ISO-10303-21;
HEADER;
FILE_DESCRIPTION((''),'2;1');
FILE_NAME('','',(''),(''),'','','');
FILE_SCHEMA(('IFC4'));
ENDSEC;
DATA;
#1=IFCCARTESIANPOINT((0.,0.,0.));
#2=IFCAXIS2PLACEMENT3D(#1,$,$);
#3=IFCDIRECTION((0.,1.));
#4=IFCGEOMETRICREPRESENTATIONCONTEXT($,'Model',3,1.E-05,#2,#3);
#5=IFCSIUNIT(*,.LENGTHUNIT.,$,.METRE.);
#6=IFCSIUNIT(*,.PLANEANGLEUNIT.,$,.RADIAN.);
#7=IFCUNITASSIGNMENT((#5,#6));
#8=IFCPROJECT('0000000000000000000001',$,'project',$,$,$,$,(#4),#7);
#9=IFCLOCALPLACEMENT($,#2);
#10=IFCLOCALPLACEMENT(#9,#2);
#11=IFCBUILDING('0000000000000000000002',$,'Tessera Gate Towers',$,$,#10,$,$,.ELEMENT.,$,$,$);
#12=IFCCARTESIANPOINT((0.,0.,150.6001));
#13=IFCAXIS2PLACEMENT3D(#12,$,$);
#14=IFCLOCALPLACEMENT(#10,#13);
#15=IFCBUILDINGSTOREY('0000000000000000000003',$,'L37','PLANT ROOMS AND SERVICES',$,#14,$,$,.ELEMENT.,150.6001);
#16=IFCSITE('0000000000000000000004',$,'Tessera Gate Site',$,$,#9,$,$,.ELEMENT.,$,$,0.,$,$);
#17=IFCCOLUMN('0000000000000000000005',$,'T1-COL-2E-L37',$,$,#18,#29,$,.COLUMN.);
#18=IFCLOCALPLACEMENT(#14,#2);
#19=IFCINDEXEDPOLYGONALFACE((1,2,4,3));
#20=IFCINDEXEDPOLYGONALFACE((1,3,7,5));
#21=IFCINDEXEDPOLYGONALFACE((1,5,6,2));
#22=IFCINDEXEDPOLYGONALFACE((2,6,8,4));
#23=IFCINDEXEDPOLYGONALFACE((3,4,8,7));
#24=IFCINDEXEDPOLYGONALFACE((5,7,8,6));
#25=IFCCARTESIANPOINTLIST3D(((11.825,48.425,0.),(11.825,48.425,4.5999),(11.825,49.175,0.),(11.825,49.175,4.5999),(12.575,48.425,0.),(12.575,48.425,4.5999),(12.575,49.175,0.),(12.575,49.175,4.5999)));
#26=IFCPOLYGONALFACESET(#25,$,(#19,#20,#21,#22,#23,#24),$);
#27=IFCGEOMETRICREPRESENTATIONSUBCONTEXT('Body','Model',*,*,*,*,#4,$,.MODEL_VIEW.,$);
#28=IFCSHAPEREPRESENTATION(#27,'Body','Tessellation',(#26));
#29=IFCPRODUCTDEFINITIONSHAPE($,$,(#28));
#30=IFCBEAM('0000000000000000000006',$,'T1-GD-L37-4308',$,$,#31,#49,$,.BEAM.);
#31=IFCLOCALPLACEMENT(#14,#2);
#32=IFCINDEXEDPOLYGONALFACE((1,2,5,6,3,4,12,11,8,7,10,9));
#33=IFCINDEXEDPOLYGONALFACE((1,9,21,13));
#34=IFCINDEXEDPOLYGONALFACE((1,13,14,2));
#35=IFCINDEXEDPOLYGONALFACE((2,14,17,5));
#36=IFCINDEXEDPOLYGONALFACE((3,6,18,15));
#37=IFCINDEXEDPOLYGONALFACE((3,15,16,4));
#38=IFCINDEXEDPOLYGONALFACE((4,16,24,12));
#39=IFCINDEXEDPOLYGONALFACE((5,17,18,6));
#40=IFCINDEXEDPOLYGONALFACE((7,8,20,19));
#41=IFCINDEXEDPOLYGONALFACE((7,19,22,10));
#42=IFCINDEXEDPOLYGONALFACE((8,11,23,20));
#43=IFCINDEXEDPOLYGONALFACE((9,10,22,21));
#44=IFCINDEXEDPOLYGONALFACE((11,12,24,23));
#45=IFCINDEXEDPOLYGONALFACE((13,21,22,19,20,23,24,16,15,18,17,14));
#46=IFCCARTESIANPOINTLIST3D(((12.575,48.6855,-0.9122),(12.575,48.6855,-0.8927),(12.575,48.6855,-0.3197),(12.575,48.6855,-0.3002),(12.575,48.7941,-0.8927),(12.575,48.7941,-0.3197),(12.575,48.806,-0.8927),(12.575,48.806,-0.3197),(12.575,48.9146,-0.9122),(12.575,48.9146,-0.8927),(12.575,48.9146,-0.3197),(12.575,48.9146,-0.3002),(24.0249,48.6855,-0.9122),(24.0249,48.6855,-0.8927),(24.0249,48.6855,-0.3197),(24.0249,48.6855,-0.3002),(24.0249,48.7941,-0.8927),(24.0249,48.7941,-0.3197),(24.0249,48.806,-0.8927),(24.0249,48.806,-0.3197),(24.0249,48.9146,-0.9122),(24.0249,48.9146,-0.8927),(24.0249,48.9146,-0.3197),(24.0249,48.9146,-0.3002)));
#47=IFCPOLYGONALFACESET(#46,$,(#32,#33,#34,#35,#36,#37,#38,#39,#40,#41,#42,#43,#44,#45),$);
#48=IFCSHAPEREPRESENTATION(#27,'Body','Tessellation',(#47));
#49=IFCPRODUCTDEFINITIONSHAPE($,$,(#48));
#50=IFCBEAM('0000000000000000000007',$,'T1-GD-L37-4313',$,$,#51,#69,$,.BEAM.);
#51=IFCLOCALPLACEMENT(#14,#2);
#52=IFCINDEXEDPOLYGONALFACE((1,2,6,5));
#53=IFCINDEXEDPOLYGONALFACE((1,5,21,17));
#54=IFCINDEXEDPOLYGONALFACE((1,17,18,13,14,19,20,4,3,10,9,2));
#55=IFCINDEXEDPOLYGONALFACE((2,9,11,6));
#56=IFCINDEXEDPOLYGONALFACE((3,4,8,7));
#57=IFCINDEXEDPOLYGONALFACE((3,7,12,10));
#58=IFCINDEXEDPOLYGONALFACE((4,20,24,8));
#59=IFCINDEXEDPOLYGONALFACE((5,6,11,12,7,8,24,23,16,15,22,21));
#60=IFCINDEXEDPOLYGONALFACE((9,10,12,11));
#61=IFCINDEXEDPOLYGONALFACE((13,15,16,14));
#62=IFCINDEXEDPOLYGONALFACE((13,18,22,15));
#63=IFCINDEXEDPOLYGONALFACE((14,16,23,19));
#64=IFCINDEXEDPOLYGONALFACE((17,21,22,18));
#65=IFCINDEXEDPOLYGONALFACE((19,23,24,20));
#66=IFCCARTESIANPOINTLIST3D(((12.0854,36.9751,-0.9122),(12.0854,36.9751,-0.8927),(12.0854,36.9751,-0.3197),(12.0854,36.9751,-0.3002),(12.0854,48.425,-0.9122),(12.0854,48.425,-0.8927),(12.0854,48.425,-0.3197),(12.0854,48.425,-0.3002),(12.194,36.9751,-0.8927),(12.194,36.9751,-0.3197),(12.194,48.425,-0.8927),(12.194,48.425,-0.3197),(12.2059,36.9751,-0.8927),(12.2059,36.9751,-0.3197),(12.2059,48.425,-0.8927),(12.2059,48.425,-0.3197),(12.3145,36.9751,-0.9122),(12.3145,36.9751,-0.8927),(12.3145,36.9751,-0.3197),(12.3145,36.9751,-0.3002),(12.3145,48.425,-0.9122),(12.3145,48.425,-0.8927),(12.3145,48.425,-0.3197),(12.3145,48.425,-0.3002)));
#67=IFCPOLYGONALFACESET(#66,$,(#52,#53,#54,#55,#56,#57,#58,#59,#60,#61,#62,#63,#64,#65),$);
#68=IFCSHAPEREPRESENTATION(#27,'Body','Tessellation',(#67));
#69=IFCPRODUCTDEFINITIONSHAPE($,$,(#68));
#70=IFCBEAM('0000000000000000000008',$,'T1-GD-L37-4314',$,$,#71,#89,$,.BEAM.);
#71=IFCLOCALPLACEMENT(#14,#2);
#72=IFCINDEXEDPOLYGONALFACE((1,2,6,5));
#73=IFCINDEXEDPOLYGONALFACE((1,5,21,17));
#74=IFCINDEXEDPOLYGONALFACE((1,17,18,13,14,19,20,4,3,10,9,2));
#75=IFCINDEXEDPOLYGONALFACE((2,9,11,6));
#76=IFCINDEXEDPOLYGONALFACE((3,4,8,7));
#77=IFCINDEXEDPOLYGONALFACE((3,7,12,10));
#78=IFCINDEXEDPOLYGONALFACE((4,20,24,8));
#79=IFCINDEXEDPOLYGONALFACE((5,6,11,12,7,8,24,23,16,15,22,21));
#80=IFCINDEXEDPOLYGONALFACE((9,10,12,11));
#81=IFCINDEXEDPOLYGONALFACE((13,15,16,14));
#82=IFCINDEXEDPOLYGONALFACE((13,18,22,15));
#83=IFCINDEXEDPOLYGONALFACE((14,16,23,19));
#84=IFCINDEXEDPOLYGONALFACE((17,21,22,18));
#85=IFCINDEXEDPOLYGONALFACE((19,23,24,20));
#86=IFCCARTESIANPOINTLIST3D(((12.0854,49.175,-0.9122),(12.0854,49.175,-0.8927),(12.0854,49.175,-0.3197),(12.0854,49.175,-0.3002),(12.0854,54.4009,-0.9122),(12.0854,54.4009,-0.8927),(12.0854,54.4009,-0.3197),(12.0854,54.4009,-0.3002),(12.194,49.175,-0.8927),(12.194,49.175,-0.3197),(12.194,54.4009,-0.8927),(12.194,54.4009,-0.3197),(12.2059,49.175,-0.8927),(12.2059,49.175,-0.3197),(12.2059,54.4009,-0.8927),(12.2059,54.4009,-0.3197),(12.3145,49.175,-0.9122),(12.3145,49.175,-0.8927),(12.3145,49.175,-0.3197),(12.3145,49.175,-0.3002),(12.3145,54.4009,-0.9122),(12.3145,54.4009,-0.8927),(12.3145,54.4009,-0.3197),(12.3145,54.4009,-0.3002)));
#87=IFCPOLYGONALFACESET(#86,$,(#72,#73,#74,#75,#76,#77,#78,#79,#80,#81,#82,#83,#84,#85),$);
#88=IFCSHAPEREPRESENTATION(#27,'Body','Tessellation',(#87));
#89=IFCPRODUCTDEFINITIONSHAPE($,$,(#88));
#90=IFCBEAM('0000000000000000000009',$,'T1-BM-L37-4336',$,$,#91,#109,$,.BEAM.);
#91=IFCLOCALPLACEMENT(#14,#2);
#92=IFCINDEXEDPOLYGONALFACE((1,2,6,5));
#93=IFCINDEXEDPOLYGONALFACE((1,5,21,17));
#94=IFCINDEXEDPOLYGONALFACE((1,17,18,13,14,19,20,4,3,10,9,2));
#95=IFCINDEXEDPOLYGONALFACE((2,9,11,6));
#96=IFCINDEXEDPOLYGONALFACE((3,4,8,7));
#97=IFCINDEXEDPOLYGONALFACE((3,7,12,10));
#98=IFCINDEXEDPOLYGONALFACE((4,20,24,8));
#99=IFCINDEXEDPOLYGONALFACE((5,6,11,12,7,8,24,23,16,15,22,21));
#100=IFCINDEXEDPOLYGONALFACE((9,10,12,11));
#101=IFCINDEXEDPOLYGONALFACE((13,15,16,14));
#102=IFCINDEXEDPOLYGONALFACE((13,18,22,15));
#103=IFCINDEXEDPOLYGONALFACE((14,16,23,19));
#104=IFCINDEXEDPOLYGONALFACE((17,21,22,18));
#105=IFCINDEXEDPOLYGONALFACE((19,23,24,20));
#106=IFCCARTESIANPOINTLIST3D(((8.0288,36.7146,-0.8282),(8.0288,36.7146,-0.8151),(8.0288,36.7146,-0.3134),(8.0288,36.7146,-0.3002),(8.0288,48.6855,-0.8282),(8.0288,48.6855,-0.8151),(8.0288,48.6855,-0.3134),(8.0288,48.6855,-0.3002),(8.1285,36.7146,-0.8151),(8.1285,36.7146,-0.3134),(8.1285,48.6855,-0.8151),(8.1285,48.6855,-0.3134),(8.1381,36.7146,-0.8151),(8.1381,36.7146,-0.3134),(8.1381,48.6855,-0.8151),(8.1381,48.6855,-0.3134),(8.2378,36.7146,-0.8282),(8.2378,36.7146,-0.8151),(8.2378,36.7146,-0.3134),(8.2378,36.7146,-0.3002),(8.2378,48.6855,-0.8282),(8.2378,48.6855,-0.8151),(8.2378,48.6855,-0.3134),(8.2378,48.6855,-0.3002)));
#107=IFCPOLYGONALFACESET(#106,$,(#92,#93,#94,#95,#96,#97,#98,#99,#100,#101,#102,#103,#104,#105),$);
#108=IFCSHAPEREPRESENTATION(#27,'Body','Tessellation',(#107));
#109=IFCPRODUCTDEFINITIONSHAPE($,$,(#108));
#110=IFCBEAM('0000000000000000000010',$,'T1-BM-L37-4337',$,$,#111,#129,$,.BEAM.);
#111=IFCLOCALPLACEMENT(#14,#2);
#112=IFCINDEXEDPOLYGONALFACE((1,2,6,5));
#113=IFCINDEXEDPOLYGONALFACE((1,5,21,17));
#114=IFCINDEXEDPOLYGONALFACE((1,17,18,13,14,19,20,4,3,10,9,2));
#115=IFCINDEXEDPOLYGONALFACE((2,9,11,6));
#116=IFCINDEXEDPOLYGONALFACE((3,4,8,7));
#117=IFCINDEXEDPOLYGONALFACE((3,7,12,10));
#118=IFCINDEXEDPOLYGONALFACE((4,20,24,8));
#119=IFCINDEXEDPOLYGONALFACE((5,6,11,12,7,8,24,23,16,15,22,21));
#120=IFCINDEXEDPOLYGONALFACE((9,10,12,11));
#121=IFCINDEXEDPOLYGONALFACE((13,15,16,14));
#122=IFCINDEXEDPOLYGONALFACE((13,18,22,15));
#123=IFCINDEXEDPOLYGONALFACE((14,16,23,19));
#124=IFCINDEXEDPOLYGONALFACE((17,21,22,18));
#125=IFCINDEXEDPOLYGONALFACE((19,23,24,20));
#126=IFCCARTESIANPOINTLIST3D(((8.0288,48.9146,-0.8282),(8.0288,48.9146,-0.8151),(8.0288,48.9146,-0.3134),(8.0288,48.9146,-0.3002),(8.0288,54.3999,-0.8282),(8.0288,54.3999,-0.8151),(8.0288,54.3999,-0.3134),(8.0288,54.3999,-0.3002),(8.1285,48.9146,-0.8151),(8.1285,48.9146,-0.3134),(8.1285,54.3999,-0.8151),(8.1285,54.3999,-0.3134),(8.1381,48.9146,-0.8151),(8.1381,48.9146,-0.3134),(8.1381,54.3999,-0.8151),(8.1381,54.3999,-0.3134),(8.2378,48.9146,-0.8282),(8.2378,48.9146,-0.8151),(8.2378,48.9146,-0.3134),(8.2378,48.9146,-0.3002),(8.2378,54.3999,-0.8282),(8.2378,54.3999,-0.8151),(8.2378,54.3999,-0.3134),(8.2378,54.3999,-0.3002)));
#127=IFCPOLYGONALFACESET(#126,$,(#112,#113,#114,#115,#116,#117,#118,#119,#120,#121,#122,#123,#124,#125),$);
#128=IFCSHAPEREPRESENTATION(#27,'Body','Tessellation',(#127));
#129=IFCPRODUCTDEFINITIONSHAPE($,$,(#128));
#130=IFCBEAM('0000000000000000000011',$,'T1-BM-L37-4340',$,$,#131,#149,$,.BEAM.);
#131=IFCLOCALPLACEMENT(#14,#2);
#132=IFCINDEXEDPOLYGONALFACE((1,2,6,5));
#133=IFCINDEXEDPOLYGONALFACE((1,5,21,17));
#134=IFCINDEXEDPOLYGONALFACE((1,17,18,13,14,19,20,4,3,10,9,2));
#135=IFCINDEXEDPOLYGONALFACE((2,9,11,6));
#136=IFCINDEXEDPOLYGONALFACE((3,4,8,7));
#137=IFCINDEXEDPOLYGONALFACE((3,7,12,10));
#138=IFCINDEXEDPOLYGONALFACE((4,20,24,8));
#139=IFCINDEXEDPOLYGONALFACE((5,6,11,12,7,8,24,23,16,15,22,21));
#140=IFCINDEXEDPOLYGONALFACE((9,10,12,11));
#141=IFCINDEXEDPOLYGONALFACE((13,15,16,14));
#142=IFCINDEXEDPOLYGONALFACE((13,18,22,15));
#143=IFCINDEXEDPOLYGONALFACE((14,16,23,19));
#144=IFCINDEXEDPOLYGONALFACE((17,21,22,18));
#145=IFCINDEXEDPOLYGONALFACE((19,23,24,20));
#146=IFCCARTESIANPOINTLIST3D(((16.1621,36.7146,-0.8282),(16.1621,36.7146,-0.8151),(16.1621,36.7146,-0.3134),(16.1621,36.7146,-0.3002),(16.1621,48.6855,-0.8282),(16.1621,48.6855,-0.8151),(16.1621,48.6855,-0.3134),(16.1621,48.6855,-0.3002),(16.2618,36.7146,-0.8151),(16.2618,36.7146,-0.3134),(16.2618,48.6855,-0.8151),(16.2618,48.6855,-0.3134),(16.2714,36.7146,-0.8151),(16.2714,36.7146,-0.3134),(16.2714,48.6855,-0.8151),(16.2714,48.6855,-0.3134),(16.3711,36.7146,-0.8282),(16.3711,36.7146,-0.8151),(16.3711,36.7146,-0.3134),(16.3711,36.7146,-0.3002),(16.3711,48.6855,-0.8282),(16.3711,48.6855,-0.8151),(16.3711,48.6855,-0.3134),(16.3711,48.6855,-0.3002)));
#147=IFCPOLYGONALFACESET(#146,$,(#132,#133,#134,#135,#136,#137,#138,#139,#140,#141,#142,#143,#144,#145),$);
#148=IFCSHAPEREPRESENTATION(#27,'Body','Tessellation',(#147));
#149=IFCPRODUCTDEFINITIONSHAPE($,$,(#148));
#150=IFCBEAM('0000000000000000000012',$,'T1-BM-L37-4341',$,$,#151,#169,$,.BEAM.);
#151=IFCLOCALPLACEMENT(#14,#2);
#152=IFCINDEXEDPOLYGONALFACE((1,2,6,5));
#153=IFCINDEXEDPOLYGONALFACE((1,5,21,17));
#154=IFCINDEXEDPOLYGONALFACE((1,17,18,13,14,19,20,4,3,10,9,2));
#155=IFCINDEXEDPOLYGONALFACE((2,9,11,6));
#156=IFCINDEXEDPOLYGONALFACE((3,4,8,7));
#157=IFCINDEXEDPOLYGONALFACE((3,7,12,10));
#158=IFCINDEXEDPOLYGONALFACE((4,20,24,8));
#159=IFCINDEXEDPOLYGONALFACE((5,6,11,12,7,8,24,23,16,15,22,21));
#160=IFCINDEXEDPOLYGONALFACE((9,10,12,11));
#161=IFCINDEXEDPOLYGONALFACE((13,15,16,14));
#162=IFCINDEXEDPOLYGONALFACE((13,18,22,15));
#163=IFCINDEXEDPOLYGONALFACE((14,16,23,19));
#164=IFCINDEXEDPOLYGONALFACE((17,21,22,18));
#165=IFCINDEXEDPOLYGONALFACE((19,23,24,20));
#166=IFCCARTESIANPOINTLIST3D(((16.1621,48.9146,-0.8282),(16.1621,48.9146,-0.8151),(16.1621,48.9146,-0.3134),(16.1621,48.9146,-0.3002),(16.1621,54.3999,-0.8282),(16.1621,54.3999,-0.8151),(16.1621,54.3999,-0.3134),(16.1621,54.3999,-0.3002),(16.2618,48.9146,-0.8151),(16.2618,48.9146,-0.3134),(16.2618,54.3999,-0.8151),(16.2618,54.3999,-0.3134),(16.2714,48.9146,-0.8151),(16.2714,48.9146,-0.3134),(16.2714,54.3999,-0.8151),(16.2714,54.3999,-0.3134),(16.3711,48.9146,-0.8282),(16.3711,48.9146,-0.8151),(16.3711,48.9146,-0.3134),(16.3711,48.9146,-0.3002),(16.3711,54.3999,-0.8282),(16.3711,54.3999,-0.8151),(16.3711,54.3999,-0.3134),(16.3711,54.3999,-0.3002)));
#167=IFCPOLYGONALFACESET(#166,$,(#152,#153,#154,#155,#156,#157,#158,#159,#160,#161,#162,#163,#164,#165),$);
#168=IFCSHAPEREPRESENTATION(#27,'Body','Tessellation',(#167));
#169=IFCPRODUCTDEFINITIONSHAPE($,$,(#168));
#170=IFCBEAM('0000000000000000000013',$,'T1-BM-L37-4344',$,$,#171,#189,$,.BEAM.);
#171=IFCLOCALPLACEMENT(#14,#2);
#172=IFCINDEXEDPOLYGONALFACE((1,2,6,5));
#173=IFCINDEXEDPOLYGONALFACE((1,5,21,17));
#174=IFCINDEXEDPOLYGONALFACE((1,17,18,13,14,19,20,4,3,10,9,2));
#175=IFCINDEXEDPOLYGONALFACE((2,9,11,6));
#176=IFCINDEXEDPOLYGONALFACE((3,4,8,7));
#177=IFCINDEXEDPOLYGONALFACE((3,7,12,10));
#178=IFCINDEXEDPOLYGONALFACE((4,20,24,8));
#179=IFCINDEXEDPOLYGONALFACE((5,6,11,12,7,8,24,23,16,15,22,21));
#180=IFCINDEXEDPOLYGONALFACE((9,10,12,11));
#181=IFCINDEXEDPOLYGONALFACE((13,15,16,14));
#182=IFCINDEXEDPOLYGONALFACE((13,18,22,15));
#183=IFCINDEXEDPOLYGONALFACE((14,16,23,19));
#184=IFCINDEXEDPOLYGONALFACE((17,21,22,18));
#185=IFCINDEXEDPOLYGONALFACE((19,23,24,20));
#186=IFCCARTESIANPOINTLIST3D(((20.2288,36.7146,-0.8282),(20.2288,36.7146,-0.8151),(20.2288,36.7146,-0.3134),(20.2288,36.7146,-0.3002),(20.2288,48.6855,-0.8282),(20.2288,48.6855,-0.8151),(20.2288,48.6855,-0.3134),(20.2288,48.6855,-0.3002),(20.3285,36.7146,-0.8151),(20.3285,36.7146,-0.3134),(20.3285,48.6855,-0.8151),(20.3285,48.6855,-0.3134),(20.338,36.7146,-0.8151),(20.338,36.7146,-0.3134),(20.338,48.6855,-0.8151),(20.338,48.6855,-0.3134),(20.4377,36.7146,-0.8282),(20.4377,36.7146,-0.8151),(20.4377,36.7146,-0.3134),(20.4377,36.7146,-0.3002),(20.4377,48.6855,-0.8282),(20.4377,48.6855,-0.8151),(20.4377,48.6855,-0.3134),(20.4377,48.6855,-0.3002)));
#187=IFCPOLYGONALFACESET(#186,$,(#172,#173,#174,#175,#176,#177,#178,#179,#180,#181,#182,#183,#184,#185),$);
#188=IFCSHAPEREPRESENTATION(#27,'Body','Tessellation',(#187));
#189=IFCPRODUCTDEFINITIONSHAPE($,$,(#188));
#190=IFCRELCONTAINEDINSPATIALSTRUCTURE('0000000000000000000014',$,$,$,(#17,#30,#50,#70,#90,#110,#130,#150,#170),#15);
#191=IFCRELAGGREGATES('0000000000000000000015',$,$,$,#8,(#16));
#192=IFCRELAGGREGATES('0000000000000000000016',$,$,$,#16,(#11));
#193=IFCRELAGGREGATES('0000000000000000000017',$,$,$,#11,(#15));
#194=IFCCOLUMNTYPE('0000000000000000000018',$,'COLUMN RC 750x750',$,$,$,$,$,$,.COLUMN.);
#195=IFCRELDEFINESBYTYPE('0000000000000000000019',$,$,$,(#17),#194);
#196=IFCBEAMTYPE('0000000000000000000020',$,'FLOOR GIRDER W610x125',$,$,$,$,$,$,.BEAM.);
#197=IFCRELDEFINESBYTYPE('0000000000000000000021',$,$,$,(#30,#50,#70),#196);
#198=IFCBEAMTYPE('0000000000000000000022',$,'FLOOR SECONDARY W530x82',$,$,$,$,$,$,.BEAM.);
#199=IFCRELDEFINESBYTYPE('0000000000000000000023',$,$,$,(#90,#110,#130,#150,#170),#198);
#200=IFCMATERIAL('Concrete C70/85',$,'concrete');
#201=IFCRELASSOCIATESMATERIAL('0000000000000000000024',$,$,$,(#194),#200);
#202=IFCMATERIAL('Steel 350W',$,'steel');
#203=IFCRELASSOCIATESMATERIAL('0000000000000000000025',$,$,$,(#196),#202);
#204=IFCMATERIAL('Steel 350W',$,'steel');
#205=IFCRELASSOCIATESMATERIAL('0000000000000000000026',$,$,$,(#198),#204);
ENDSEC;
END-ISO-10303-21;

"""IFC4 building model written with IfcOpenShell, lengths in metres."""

from ifc_helpers import new_model, si_unit, direction, frame, origin, origin_2d, place, context, subcontext, project, spatial, rectangle, i_section, extrude, material, material_profile, profile_set, type_object, element, save


model = new_model("IFC4")

# Units and contexts
model_context = context("Model", 3, precision=1e-05, world=origin(), true_north=direction((0.0, 1.0)))
body_context = subcontext(model_context, "Body", "Model", "MODEL_VIEW")
ifc_project = project(units=[si_unit("LENGTHUNIT", "METRE"), si_unit("PLANEANGLEUNIT", "RADIAN")], contexts=[model_context])

# Site, building, storey
site_placement = place(None, origin())
site = spatial("IfcSite", under=ifc_project, at=site_placement, Name="Tessera Gate Site", CompositionType="ELEMENT", RefElevation=0.0)
building_placement = place(site_placement, origin())
building = spatial("IfcBuilding", under=site, at=building_placement, Name="Tessera Gate Towers", CompositionType="ELEMENT")
storey_placement = place(building_placement, frame((0.0, 0.0, 150.6001)))
storey = spatial("IfcBuildingStorey", under=building, at=storey_placement, Name="L37", Description="PLANT ROOMS AND SERVICES", CompositionType="ELEMENT", Elevation=150.6001)

# Column
ifc_material_1 = material(Name="Concrete C70/85", Category="concrete")
ifc_material_profile_1 = material_profile(ifc_material_1, rectangle(XDim=0.75, YDim=0.75, at=origin_2d()), Name="RC 750x750")
ifc_profile_set_1 = profile_set([ifc_material_profile_1], Name="Concrete C70/85")
column_type = type_object("IfcColumnType", Name="COLUMN RC 750x750", PredefinedType="COLUMN", material=ifc_profile_set_1)
column_placement = place(storey_placement, frame((12.2, 48.8, 0.0), z_axis=(0.0, 0.0, 1.0), x_axis=(1.0, 0.0, 0.0)))
element("IfcColumn", 1, at=column_placement, inside=storey, type_object=column_type, Name="T1-COL-2E-L37", PredefinedType="COLUMN", context=body_context, shape_type="SweptSolid", body=[
    extrude(rectangle(XDim=0.75, YDim=0.75, at=origin_2d()), origin(), (0.0, 0.0, 1.0), 4.5999),
])

# Beams
ifc_material_2 = material(Name="Steel 350W", Category="steel")
ifc_material_profile_2 = material_profile(ifc_material_2, i_section(OverallWidth=0.229, OverallDepth=0.6121, WebThickness=0.012, FlangeThickness=0.0195, at=origin_2d()), Name="W610x125")
ifc_profile_set_2 = profile_set([ifc_material_profile_2], Name="Steel 350W")
beam_type_1 = type_object("IfcBeamType", Name="FLOOR GIRDER W610x125", PredefinedType="BEAM", material=ifc_profile_set_2)
for number, where, z_axis, x_axis, name in (
    (2, (12.575, 48.8, -0.6062), (1.0, 0.0, 0.0), (0.0, 1.0, 0.0), "T1-GD-L37-4308"),
    (3, (12.2, 36.9751, -0.6062), (0.0, 1.0, 0.0), (-1.0, 0.0, 0.0), "T1-GD-L37-4313"),
):
    element("IfcBeam", number, at=place(storey_placement, frame(where, z_axis=z_axis, x_axis=x_axis)), inside=storey, type_object=beam_type_1, Name=name, PredefinedType="BEAM", context=body_context, shape_type="SweptSolid", body=[
        extrude(i_section(OverallWidth=0.229, OverallDepth=0.6121, WebThickness=0.012, FlangeThickness=0.0195, at=origin_2d()), origin(), (0.0, 0.0, 1.0), 11.45),
    ])
beam_1_placement = place(storey_placement, frame((12.2, 49.175, -0.6062), z_axis=(0.0, 1.0, 0.0), x_axis=(-1.0, 0.0, 0.0)))
element("IfcBeam", 4, at=beam_1_placement, inside=storey, type_object=beam_type_1, Name="T1-GD-L37-4314", PredefinedType="BEAM", context=body_context, shape_type="SweptSolid", body=[
    extrude(i_section(OverallWidth=0.229, OverallDepth=0.6121, WebThickness=0.012, FlangeThickness=0.0195, at=origin_2d()), origin(), (0.0, 0.0, 1.0), 5.2258),
])
ifc_material_3 = material(Name="Steel 350W", Category="steel")
ifc_material_profile_3 = material_profile(ifc_material_3, i_section(OverallWidth=0.209, OverallDepth=0.5281, WebThickness=0.0095, FlangeThickness=0.0132, at=origin_2d()), Name="W530x82")
ifc_profile_set_3 = profile_set([ifc_material_profile_3], Name="Steel 350W")
beam_type_2 = type_object("IfcBeamType", Name="FLOOR SECONDARY W530x82", PredefinedType="BEAM", material=ifc_profile_set_3)
beam_2_placement = place(storey_placement, frame((8.1333, 36.7146, -0.5642), z_axis=(0.0, 1.0, 0.0), x_axis=(-1.0, 0.0, 0.0)))
element("IfcBeam", 5, at=beam_2_placement, inside=storey, type_object=beam_type_2, Name="T1-BM-L37-4336", PredefinedType="BEAM", context=body_context, shape_type="SweptSolid", body=[
    extrude(i_section(OverallWidth=0.209, OverallDepth=0.5281, WebThickness=0.0095, FlangeThickness=0.0132, at=origin_2d()), origin(), (0.0, 0.0, 1.0), 11.9709),
])
beam_3_placement = place(storey_placement, frame((8.1333, 48.9146, -0.5642), z_axis=(0.0, 1.0, 0.0), x_axis=(-1.0, 0.0, 0.0)))
element("IfcBeam", 6, at=beam_3_placement, inside=storey, type_object=beam_type_2, Name="T1-BM-L37-4337", PredefinedType="BEAM", context=body_context, shape_type="SweptSolid", body=[
    extrude(i_section(OverallWidth=0.209, OverallDepth=0.5281, WebThickness=0.0095, FlangeThickness=0.0132, at=origin_2d()), origin(), (0.0, 0.0, 1.0), 5.4854),
])
beam_4_placement = place(storey_placement, frame((16.2666, 36.7146, -0.5642), z_axis=(0.0, 1.0, 0.0), x_axis=(-1.0, 0.0, 0.0)))
element("IfcBeam", 7, at=beam_4_placement, inside=storey, type_object=beam_type_2, Name="T1-BM-L37-4340", PredefinedType="BEAM", context=body_context, shape_type="SweptSolid", body=[
    extrude(i_section(OverallWidth=0.209, OverallDepth=0.5281, WebThickness=0.0095, FlangeThickness=0.0132, at=origin_2d()), origin(), (0.0, 0.0, 1.0), 11.9709),
])
beam_5_placement = place(storey_placement, frame((16.2666, 48.9146, -0.5642), z_axis=(0.0, 1.0, 0.0), x_axis=(-1.0, 0.0, 0.0)))
element("IfcBeam", 8, at=beam_5_placement, inside=storey, type_object=beam_type_2, Name="T1-BM-L37-4341", PredefinedType="BEAM", context=body_context, shape_type="SweptSolid", body=[
    extrude(i_section(OverallWidth=0.209, OverallDepth=0.5281, WebThickness=0.0095, FlangeThickness=0.0132, at=origin_2d()), origin(), (0.0, 0.0, 1.0), 5.4854),
])
beam_6_placement = place(storey_placement, frame((20.3333, 36.7146, -0.5642), z_axis=(0.0, 1.0, 0.0), x_axis=(-1.0, 0.0, 0.0)))
element("IfcBeam", 9, at=beam_6_placement, inside=storey, type_object=beam_type_2, Name="T1-BM-L37-4344", PredefinedType="BEAM", context=body_context, shape_type="SweptSolid", body=[
    extrude(i_section(OverallWidth=0.209, OverallDepth=0.5281, WebThickness=0.0095, FlangeThickness=0.0132, at=origin_2d()), origin(), (0.0, 0.0, 1.0), 11.9709),
])

save(model, "model.ifc")
